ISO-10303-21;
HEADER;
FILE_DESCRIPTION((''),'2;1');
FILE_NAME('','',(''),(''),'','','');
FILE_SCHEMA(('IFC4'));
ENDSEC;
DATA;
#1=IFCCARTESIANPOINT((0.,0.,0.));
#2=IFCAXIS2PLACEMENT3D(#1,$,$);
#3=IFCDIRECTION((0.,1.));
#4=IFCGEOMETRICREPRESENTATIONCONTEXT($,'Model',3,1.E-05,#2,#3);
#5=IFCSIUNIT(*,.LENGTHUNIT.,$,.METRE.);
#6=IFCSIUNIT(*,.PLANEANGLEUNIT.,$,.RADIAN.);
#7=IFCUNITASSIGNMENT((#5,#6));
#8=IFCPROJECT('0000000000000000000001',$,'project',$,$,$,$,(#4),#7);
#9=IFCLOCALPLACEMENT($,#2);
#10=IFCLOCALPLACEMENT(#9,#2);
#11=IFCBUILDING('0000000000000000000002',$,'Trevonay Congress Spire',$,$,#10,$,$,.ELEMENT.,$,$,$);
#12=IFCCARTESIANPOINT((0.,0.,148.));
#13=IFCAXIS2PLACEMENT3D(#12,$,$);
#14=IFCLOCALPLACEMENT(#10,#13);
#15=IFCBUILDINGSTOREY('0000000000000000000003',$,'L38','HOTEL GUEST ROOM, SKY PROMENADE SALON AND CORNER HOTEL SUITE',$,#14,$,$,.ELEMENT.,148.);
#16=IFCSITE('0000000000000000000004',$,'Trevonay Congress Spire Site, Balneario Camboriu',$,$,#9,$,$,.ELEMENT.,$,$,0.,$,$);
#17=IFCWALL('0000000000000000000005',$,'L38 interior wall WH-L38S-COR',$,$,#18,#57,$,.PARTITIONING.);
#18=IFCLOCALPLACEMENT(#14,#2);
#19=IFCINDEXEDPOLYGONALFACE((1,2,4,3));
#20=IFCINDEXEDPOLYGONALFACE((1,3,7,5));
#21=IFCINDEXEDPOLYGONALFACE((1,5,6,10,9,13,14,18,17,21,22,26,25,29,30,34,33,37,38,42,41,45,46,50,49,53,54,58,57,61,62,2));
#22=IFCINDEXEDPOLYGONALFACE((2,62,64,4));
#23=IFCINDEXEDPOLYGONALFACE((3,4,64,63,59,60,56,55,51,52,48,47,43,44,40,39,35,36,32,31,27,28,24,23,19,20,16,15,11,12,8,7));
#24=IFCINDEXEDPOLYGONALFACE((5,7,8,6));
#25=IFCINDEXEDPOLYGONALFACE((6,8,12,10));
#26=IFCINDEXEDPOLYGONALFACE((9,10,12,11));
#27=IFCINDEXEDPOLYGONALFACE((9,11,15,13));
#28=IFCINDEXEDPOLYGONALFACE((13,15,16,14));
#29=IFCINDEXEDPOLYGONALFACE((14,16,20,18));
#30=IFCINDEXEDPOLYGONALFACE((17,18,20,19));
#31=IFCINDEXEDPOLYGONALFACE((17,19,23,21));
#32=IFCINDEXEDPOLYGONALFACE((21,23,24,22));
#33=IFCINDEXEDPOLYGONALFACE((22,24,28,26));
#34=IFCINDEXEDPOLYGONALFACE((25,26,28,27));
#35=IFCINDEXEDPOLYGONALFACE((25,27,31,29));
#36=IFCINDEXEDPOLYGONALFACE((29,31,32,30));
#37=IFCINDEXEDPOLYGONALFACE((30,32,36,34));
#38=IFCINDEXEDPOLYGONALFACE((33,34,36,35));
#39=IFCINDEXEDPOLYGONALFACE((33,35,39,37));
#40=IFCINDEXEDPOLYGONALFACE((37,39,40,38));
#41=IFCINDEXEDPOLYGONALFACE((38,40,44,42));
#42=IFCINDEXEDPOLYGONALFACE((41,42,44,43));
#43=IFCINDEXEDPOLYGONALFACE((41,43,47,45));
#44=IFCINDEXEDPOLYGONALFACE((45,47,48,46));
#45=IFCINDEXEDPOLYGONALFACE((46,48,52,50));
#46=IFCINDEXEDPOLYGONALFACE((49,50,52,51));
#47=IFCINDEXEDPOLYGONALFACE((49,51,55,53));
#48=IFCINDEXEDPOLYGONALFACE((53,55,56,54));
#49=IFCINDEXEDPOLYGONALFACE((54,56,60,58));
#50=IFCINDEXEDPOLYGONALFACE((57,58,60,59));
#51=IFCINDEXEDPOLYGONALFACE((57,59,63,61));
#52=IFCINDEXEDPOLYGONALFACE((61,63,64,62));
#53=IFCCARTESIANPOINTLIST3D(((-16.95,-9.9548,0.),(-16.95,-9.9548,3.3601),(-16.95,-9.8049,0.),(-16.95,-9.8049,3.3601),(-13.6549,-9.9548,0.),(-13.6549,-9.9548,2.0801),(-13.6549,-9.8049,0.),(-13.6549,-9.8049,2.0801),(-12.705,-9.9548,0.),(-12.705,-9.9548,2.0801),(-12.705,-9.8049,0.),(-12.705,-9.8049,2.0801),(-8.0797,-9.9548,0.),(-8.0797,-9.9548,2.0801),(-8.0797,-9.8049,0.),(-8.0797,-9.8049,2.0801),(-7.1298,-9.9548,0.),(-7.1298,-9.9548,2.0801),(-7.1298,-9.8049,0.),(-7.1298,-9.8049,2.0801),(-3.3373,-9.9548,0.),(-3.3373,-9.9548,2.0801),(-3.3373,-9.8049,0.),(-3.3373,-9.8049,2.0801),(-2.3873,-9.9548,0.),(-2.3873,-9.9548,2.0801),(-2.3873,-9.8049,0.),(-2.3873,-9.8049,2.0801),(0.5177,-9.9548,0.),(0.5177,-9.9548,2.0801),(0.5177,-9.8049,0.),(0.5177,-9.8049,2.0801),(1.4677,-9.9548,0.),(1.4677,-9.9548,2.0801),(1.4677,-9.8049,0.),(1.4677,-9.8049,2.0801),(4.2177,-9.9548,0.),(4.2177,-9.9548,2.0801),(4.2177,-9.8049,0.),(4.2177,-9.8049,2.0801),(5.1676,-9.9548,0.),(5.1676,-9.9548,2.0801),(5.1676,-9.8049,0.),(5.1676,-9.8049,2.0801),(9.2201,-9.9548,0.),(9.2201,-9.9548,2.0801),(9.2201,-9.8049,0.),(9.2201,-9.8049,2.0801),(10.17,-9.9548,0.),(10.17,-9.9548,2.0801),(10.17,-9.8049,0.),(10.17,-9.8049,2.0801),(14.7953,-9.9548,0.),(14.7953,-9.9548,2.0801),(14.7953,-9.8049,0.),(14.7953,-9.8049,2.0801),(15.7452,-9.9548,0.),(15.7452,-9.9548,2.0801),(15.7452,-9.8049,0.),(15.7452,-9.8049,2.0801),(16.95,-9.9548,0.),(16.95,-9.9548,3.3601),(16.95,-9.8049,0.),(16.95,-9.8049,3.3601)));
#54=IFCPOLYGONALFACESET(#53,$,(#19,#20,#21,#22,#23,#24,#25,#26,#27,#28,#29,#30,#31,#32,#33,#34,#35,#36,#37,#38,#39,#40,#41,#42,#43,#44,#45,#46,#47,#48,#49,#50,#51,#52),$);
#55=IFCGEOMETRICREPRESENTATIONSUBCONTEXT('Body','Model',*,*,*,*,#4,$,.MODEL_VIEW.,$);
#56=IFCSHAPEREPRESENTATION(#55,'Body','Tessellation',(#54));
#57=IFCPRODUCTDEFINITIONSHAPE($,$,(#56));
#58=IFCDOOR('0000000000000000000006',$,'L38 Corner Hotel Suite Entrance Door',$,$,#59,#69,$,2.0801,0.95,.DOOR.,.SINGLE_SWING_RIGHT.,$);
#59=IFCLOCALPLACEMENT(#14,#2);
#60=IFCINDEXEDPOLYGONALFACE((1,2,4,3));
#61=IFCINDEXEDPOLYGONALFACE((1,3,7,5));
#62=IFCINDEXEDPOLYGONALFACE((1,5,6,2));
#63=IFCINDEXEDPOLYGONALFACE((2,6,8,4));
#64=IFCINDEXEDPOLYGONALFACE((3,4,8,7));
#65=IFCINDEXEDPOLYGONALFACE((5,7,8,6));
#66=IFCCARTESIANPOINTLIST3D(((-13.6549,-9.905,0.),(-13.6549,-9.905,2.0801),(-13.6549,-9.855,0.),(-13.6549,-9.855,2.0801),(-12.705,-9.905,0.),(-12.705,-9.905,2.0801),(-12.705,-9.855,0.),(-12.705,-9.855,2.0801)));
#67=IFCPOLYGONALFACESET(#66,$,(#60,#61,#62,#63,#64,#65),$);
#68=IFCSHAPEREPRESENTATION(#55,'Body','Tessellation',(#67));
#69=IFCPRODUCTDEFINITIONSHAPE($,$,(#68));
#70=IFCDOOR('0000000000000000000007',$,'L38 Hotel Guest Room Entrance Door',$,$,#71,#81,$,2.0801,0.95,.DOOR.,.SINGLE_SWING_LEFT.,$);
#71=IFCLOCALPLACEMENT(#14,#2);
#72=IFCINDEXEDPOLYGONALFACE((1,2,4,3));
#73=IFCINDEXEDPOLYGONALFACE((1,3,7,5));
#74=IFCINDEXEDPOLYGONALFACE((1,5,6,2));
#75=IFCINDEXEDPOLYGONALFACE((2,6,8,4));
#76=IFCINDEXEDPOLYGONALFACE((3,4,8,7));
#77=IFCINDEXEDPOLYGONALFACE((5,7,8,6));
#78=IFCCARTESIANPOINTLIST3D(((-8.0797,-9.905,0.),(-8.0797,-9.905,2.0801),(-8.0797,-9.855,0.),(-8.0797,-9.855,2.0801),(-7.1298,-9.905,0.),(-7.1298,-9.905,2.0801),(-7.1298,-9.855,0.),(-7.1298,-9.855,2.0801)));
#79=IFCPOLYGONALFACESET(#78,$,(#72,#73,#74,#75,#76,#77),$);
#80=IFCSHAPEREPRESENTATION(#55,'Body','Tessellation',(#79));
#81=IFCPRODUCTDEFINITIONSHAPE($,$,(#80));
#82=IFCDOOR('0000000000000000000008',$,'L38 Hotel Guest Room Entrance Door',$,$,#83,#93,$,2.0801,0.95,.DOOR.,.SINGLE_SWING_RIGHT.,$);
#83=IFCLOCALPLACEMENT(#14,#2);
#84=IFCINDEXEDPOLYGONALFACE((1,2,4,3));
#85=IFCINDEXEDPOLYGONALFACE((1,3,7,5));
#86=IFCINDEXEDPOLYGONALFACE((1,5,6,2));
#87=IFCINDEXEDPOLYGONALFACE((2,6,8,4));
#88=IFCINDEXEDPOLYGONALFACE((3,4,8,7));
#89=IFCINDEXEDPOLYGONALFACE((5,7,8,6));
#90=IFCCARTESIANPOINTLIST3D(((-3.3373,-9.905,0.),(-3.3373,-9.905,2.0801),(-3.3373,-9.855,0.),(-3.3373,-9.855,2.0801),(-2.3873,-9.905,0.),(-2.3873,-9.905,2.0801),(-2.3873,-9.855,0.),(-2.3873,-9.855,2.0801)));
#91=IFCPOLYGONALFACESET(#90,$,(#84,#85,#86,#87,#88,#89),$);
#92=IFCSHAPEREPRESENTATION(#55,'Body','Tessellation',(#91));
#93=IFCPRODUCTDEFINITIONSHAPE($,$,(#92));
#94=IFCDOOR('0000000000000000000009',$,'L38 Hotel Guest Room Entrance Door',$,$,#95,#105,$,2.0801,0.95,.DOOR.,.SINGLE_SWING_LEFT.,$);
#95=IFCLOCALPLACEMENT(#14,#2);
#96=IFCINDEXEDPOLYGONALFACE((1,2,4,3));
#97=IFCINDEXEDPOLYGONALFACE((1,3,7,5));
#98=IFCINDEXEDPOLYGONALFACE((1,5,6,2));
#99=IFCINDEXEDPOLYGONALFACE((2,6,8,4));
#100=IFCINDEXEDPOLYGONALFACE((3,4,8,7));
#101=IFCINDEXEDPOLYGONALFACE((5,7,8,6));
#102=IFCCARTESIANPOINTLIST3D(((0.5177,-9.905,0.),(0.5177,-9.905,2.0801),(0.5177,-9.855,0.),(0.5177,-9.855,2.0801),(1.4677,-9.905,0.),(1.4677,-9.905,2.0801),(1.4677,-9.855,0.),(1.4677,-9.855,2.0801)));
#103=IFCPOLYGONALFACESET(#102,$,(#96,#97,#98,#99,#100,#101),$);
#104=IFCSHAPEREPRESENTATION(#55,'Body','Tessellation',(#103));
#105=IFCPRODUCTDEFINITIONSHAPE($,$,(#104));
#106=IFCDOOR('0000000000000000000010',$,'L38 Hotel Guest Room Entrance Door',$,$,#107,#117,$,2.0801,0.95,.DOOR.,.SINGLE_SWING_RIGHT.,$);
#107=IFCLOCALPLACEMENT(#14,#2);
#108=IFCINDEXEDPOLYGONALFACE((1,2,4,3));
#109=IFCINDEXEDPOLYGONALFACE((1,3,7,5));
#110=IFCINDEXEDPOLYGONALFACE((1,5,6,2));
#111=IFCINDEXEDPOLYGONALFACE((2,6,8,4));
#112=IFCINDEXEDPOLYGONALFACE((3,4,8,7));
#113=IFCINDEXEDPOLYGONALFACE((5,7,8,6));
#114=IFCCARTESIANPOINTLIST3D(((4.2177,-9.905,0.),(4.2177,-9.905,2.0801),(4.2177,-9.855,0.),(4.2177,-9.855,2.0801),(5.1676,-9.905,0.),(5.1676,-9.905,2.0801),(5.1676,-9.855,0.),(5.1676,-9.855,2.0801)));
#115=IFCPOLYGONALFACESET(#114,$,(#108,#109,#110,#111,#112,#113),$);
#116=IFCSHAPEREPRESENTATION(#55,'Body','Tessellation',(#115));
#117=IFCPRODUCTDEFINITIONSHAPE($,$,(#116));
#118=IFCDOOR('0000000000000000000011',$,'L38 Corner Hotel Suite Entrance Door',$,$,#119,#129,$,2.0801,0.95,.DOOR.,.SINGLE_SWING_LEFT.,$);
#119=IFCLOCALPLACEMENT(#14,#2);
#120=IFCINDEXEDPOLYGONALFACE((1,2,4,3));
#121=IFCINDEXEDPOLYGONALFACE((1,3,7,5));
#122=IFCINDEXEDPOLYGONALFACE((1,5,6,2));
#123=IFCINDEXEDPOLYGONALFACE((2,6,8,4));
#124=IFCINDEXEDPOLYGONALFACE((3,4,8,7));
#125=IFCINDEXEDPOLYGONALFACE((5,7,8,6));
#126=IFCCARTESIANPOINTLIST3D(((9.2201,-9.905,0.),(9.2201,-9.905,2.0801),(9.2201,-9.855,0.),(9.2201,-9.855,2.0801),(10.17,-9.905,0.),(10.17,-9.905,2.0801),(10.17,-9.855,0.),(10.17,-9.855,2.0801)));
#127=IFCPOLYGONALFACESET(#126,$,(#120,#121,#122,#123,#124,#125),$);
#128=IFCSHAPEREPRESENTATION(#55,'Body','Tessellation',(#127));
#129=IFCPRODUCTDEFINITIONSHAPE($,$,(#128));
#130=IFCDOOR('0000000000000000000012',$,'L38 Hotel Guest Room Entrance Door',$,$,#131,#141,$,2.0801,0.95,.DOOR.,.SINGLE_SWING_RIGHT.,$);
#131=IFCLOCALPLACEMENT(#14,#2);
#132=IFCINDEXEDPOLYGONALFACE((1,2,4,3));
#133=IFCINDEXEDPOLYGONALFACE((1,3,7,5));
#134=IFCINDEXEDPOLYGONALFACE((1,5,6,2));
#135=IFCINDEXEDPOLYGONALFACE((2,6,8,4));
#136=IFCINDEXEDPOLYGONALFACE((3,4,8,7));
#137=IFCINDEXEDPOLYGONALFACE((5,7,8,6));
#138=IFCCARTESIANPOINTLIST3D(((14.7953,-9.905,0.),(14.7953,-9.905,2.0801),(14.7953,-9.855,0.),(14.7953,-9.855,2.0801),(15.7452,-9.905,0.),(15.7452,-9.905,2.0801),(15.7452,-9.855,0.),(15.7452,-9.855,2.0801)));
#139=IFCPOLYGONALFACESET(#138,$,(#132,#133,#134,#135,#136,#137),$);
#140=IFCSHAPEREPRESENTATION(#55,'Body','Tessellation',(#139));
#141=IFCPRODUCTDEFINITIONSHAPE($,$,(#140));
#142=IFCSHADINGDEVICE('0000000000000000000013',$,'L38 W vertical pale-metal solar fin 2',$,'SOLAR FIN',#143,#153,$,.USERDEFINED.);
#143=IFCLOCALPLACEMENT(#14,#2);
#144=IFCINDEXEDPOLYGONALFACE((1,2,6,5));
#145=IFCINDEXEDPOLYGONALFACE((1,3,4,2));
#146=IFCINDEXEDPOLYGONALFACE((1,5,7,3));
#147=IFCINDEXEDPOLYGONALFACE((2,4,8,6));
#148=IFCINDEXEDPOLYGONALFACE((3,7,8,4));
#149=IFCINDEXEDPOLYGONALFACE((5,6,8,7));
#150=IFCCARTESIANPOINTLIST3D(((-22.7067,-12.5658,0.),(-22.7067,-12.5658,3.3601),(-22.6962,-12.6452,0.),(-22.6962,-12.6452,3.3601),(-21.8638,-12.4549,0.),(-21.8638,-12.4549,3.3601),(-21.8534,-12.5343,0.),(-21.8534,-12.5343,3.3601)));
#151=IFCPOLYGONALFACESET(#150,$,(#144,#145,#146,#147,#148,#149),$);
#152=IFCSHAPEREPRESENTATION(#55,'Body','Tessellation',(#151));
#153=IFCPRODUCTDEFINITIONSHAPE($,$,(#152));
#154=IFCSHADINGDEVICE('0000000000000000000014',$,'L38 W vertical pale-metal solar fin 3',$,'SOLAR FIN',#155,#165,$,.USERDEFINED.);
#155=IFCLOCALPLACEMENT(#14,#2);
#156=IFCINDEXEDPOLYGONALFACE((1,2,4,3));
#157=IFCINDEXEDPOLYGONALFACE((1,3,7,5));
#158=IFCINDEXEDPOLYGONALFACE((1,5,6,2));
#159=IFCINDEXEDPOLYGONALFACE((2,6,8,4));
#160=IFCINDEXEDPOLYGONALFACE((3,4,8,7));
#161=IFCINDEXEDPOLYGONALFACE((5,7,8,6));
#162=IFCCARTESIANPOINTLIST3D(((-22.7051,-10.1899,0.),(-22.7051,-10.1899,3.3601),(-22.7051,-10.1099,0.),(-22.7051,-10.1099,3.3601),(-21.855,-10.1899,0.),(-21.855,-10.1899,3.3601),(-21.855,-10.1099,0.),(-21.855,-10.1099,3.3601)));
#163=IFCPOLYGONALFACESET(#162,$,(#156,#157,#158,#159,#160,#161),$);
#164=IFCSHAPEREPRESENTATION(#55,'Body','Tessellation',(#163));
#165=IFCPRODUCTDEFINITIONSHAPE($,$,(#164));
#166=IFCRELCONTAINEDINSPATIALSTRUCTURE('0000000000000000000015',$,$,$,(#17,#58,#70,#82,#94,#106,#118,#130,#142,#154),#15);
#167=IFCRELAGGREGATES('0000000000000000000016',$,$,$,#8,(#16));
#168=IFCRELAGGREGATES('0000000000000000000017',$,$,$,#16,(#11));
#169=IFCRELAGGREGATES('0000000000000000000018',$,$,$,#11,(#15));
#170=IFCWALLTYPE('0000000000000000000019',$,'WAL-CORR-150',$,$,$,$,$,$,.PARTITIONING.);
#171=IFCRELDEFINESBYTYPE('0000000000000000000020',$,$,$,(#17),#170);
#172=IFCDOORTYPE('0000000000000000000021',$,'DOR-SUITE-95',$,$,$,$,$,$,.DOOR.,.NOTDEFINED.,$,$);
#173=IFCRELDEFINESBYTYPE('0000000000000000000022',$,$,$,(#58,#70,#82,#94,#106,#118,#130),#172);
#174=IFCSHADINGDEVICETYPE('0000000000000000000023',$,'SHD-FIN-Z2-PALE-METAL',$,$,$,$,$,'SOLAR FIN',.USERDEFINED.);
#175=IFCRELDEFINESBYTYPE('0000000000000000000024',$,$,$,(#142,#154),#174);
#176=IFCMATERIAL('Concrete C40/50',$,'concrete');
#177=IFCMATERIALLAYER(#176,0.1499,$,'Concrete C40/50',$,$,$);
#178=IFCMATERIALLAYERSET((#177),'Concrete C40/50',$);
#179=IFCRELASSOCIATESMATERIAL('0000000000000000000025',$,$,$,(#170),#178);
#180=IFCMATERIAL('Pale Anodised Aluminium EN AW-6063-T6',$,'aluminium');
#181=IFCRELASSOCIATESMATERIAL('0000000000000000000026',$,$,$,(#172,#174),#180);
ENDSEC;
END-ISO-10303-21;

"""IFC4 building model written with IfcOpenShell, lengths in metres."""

from ifc_helpers import new_model, si_unit, direction, frame, frame_2d, origin, origin_2d, place, context, subcontext, project, spatial, rectangle, extrude, material, layer, layer_set, type_object, element, fill, save


model = new_model("IFC4")

# Units and contexts
model_context = context("Model", 3, precision=1e-05, world=origin(), true_north=direction((0.0, 1.0)))
body_context = subcontext(model_context, "Body", "Model", "MODEL_VIEW")
ifc_project = project(units=[si_unit("LENGTHUNIT", "METRE"), si_unit("PLANEANGLEUNIT", "RADIAN")], contexts=[model_context])

# Site, building, storey
site_placement = place(None, origin())
site = spatial("IfcSite", under=ifc_project, at=site_placement, Name="Trevonay Congress Spire Site, Balneario Camboriu", CompositionType="ELEMENT", RefElevation=0.0)
building_placement = place(site_placement, origin())
building = spatial("IfcBuilding", under=site, at=building_placement, Name="Trevonay Congress Spire", CompositionType="ELEMENT")
storey_placement = place(building_placement, frame((0.0, 0.0, 148.0)))
storey = spatial("IfcBuildingStorey", under=building, at=storey_placement, Name="L38", Description="HOTEL GUEST ROOM, SKY PROMENADE SALON AND CORNER HOTEL SUITE", CompositionType="ELEMENT", Elevation=148.0)

# Shared definitions
ifc_material_1 = material(Name="Pale Anodised Aluminium EN AW-6063-T6", Category="aluminium")

# Shared definitions
ifc_material_2 = material(Name="Concrete C40/50", Category="concrete")

# Wall, openings, doors
ifc_layer_1 = layer(ifc_material_2, 0.1499, Name="Concrete C40/50")
ifc_layer_set_1 = layer_set([ifc_layer_1], Name="Concrete C40/50")
wall_type_1 = type_object("IfcWallType", Name="WAL-CORR-150", PredefinedType="PARTITIONING", material=ifc_layer_set_1)
wall_1_placement = place(storey_placement, frame((-16.95, -9.8799, 0.0), z_axis=(0.0, 0.0, 1.0), x_axis=(1.0, 0.0, 0.0)))
wall_1 = element("IfcWall", 1, at=wall_1_placement, inside=storey, type_object=wall_type_1, Name="L38 interior wall WH-L38S-COR", PredefinedType="PARTITIONING", context=body_context, shape_type="SweptSolid", body=[
    extrude(rectangle(XDim=33.8999, YDim=0.1499, at=frame_2d((16.95, 0.0))), origin(), (0.0, 0.0, 1.0), 3.3601),
])
opening_1_placement = place(wall_1_placement, frame((3.2949, 0.0, 0.0)))
opening_1 = element("IfcOpeningElement", 2, at=opening_1_placement, cuts=wall_1, PredefinedType="OPENING", context=body_context, shape_type="SweptSolid", body=[
    extrude(rectangle(XDim=0.95, YDim=2.0801, at=frame_2d((0.4751, 1.04))), frame((0.0, 0.085, 0.0), z_axis=(0.0, -1.0, 0.0), x_axis=(1.0, 0.0, 0.0)), (0.0, 0.0, 1.0), 0.1699),
])
opening_2_placement = place(wall_1_placement, frame((8.8701, 0.0, 0.0)))
opening_2 = element("IfcOpeningElement", 3, at=opening_2_placement, cuts=wall_1, PredefinedType="OPENING", context=body_context, shape_type="SweptSolid", body=[
    extrude(rectangle(XDim=0.95, YDim=2.0801, at=frame_2d((0.4751, 1.04))), frame((0.0, 0.085, 0.0), z_axis=(0.0, -1.0, 0.0), x_axis=(1.0, 0.0, 0.0)), (0.0, 0.0, 1.0), 0.1699),
])
opening_3_placement = place(wall_1_placement, frame((13.6125, 0.0, 0.0)))
opening_3 = element("IfcOpeningElement", 4, at=opening_3_placement, cuts=wall_1, PredefinedType="OPENING", context=body_context, shape_type="SweptSolid", body=[
    extrude(rectangle(XDim=0.95, YDim=2.0801, at=frame_2d((0.4751, 1.04))), frame((0.0, 0.085, 0.0), z_axis=(0.0, -1.0, 0.0), x_axis=(1.0, 0.0, 0.0)), (0.0, 0.0, 1.0), 0.1699),
])
opening_4_placement = place(wall_1_placement, frame((17.4675, 0.0, 0.0)))
opening_4 = element("IfcOpeningElement", 5, at=opening_4_placement, cuts=wall_1, PredefinedType="OPENING", context=body_context, shape_type="SweptSolid", body=[
    extrude(rectangle(XDim=0.95, YDim=2.0801, at=frame_2d((0.4751, 1.04))), frame((0.0, 0.085, 0.0), z_axis=(0.0, -1.0, 0.0), x_axis=(1.0, 0.0, 0.0)), (0.0, 0.0, 1.0), 0.1699),
])
opening_5_placement = place(wall_1_placement, frame((21.1675, 0.0, 0.0)))
opening_5 = element("IfcOpeningElement", 6, at=opening_5_placement, cuts=wall_1, PredefinedType="OPENING", context=body_context, shape_type="SweptSolid", body=[
    extrude(rectangle(XDim=0.95, YDim=2.0801, at=frame_2d((0.4751, 1.04))), frame((0.0, 0.085, 0.0), z_axis=(0.0, -1.0, 0.0), x_axis=(1.0, 0.0, 0.0)), (0.0, 0.0, 1.0), 0.1699),
])
opening_6_placement = place(wall_1_placement, frame((26.1699, 0.0, 0.0)))
opening_6 = element("IfcOpeningElement", 7, at=opening_6_placement, cuts=wall_1, PredefinedType="OPENING", context=body_context, shape_type="SweptSolid", body=[
    extrude(rectangle(XDim=0.95, YDim=2.0801, at=frame_2d((0.4751, 1.04))), frame((0.0, 0.085, 0.0), z_axis=(0.0, -1.0, 0.0), x_axis=(1.0, 0.0, 0.0)), (0.0, 0.0, 1.0), 0.1699),
])
opening_7_placement = place(wall_1_placement, frame((31.7451, 0.0, 0.0)))
opening_7 = element("IfcOpeningElement", 8, at=opening_7_placement, cuts=wall_1, PredefinedType="OPENING", context=body_context, shape_type="SweptSolid", body=[
    extrude(rectangle(XDim=0.95, YDim=2.0801, at=frame_2d((0.4751, 1.04))), frame((0.0, 0.085, 0.0), z_axis=(0.0, -1.0, 0.0), x_axis=(1.0, 0.0, 0.0)), (0.0, 0.0, 1.0), 0.1699),
])
door_type_1 = type_object("IfcDoorType", Name="DOR-SUITE-95", OperationType="NOTDEFINED", PredefinedType="DOOR", material=ifc_material_1)
door_1_placement = place(opening_1_placement, origin())
door_1 = element("IfcDoor", 9, at=door_1_placement, inside=storey, type_object=door_type_1, Name="L38 Corner Hotel Suite Entrance Door", OperationType="SINGLE_SWING_RIGHT", OverallHeight=2.0801, OverallWidth=0.95, PredefinedType="DOOR", context=body_context, shape_type="SweptSolid", body=[
    extrude(rectangle(XDim=0.95, YDim=2.0801, at=frame_2d((0.4751, 1.04))), frame((0.0, 0.0249, 0.0), z_axis=(0.0, -1.0, 0.0), x_axis=(1.0, 0.0, 0.0)), (0.0, 0.0, 1.0), 0.05),
])
fill(opening_1, door_1)
door_2_placement = place(opening_2_placement, origin())
door_2 = element("IfcDoor", 10, at=door_2_placement, inside=storey, type_object=door_type_1, Name="L38 Hotel Guest Room Entrance Door", OperationType="SINGLE_SWING_LEFT", OverallHeight=2.0801, OverallWidth=0.95, PredefinedType="DOOR", context=body_context, shape_type="SweptSolid", body=[
    extrude(rectangle(XDim=0.95, YDim=2.0801, at=frame_2d((0.4751, 1.04))), frame((0.0, 0.0249, 0.0), z_axis=(0.0, -1.0, 0.0), x_axis=(1.0, 0.0, 0.0)), (0.0, 0.0, 1.0), 0.05),
])
fill(opening_2, door_2)
door_3_placement = place(opening_3_placement, origin())
door_3 = element("IfcDoor", 11, at=door_3_placement, inside=storey, type_object=door_type_1, Name="L38 Hotel Guest Room Entrance Door", OperationType="SINGLE_SWING_RIGHT", OverallHeight=2.0801, OverallWidth=0.95, PredefinedType="DOOR", context=body_context, shape_type="SweptSolid", body=[
    extrude(rectangle(XDim=0.95, YDim=2.0801, at=frame_2d((0.4751, 1.04))), frame((0.0, 0.0249, 0.0), z_axis=(0.0, -1.0, 0.0), x_axis=(1.0, 0.0, 0.0)), (0.0, 0.0, 1.0), 0.05),
])
fill(opening_3, door_3)
door_4_placement = place(opening_4_placement, origin())
door_4 = element("IfcDoor", 12, at=door_4_placement, inside=storey, type_object=door_type_1, Name="L38 Hotel Guest Room Entrance Door", OperationType="SINGLE_SWING_LEFT", OverallHeight=2.0801, OverallWidth=0.95, PredefinedType="DOOR", context=body_context, shape_type="SweptSolid", body=[
    extrude(rectangle(XDim=0.95, YDim=2.0801, at=frame_2d((0.4751, 1.04))), frame((0.0, 0.0249, 0.0), z_axis=(0.0, -1.0, 0.0), x_axis=(1.0, 0.0, 0.0)), (0.0, 0.0, 1.0), 0.05),
])
fill(opening_4, door_4)
door_5_placement = place(opening_5_placement, origin())
door_5 = element("IfcDoor", 13, at=door_5_placement, inside=storey, type_object=door_type_1, Name="L38 Hotel Guest Room Entrance Door", OperationType="SINGLE_SWING_RIGHT", OverallHeight=2.0801, OverallWidth=0.95, PredefinedType="DOOR", context=body_context, shape_type="SweptSolid", body=[
    extrude(rectangle(XDim=0.95, YDim=2.0801, at=frame_2d((0.4751, 1.04))), frame((0.0, 0.0249, 0.0), z_axis=(0.0, -1.0, 0.0), x_axis=(1.0, 0.0, 0.0)), (0.0, 0.0, 1.0), 0.05),
])
fill(opening_5, door_5)
door_6_placement = place(opening_6_placement, origin())
door_6 = element("IfcDoor", 14, at=door_6_placement, inside=storey, type_object=door_type_1, Name="L38 Corner Hotel Suite Entrance Door", OperationType="SINGLE_SWING_LEFT", OverallHeight=2.0801, OverallWidth=0.95, PredefinedType="DOOR", context=body_context, shape_type="SweptSolid", body=[
    extrude(rectangle(XDim=0.95, YDim=2.0801, at=frame_2d((0.4751, 1.04))), frame((0.0, 0.0249, 0.0), z_axis=(0.0, -1.0, 0.0), x_axis=(1.0, 0.0, 0.0)), (0.0, 0.0, 1.0), 0.05),
])
fill(opening_6, door_6)
door_7_placement = place(opening_7_placement, origin())
door_7 = element("IfcDoor", 15, at=door_7_placement, inside=storey, type_object=door_type_1, Name="L38 Hotel Guest Room Entrance Door", OperationType="SINGLE_SWING_RIGHT", OverallHeight=2.0801, OverallWidth=0.95, PredefinedType="DOOR", context=body_context, shape_type="SweptSolid", body=[
    extrude(rectangle(XDim=0.95, YDim=2.0801, at=frame_2d((0.4751, 1.04))), frame((0.0, 0.0249, 0.0), z_axis=(0.0, -1.0, 0.0), x_axis=(1.0, 0.0, 0.0)), (0.0, 0.0, 1.0), 0.05),
])
fill(opening_7, door_7)

# Shading devices
shading_device_type = type_object("IfcShadingDeviceType", Name="SHD-FIN-Z2-PALE-METAL", ElementType="SOLAR FIN", PredefinedType="USERDEFINED", material=ifc_material_1)
for number, where, z_axis, x_axis, name in (
    (16, (-22.28, -12.55, 0.0), (0.0, 0.0, 1.0), (-0.130526, 0.991445, 0.0), "L38 W vertical pale-metal solar fin 2"),
    (17, (-22.28, -10.1499, 0.0), (0.0, 0.0, 1.0), (0.0, 1.0, 0.0), "L38 W vertical pale-metal solar fin 3"),
):
    element("IfcShadingDevice", number, at=place(storey_placement, frame(where, z_axis=z_axis, x_axis=x_axis)), inside=storey, type_object=shading_device_type, Name=name, ObjectType="SOLAR FIN", PredefinedType="USERDEFINED", context=body_context, shape_type="SweptSolid", body=[
        extrude(rectangle(XDim=0.0801, YDim=0.8501, at=origin_2d()), origin(), (0.0, 0.0, 1.0), 3.3601),
    ])

save(model, "model.ifc")
